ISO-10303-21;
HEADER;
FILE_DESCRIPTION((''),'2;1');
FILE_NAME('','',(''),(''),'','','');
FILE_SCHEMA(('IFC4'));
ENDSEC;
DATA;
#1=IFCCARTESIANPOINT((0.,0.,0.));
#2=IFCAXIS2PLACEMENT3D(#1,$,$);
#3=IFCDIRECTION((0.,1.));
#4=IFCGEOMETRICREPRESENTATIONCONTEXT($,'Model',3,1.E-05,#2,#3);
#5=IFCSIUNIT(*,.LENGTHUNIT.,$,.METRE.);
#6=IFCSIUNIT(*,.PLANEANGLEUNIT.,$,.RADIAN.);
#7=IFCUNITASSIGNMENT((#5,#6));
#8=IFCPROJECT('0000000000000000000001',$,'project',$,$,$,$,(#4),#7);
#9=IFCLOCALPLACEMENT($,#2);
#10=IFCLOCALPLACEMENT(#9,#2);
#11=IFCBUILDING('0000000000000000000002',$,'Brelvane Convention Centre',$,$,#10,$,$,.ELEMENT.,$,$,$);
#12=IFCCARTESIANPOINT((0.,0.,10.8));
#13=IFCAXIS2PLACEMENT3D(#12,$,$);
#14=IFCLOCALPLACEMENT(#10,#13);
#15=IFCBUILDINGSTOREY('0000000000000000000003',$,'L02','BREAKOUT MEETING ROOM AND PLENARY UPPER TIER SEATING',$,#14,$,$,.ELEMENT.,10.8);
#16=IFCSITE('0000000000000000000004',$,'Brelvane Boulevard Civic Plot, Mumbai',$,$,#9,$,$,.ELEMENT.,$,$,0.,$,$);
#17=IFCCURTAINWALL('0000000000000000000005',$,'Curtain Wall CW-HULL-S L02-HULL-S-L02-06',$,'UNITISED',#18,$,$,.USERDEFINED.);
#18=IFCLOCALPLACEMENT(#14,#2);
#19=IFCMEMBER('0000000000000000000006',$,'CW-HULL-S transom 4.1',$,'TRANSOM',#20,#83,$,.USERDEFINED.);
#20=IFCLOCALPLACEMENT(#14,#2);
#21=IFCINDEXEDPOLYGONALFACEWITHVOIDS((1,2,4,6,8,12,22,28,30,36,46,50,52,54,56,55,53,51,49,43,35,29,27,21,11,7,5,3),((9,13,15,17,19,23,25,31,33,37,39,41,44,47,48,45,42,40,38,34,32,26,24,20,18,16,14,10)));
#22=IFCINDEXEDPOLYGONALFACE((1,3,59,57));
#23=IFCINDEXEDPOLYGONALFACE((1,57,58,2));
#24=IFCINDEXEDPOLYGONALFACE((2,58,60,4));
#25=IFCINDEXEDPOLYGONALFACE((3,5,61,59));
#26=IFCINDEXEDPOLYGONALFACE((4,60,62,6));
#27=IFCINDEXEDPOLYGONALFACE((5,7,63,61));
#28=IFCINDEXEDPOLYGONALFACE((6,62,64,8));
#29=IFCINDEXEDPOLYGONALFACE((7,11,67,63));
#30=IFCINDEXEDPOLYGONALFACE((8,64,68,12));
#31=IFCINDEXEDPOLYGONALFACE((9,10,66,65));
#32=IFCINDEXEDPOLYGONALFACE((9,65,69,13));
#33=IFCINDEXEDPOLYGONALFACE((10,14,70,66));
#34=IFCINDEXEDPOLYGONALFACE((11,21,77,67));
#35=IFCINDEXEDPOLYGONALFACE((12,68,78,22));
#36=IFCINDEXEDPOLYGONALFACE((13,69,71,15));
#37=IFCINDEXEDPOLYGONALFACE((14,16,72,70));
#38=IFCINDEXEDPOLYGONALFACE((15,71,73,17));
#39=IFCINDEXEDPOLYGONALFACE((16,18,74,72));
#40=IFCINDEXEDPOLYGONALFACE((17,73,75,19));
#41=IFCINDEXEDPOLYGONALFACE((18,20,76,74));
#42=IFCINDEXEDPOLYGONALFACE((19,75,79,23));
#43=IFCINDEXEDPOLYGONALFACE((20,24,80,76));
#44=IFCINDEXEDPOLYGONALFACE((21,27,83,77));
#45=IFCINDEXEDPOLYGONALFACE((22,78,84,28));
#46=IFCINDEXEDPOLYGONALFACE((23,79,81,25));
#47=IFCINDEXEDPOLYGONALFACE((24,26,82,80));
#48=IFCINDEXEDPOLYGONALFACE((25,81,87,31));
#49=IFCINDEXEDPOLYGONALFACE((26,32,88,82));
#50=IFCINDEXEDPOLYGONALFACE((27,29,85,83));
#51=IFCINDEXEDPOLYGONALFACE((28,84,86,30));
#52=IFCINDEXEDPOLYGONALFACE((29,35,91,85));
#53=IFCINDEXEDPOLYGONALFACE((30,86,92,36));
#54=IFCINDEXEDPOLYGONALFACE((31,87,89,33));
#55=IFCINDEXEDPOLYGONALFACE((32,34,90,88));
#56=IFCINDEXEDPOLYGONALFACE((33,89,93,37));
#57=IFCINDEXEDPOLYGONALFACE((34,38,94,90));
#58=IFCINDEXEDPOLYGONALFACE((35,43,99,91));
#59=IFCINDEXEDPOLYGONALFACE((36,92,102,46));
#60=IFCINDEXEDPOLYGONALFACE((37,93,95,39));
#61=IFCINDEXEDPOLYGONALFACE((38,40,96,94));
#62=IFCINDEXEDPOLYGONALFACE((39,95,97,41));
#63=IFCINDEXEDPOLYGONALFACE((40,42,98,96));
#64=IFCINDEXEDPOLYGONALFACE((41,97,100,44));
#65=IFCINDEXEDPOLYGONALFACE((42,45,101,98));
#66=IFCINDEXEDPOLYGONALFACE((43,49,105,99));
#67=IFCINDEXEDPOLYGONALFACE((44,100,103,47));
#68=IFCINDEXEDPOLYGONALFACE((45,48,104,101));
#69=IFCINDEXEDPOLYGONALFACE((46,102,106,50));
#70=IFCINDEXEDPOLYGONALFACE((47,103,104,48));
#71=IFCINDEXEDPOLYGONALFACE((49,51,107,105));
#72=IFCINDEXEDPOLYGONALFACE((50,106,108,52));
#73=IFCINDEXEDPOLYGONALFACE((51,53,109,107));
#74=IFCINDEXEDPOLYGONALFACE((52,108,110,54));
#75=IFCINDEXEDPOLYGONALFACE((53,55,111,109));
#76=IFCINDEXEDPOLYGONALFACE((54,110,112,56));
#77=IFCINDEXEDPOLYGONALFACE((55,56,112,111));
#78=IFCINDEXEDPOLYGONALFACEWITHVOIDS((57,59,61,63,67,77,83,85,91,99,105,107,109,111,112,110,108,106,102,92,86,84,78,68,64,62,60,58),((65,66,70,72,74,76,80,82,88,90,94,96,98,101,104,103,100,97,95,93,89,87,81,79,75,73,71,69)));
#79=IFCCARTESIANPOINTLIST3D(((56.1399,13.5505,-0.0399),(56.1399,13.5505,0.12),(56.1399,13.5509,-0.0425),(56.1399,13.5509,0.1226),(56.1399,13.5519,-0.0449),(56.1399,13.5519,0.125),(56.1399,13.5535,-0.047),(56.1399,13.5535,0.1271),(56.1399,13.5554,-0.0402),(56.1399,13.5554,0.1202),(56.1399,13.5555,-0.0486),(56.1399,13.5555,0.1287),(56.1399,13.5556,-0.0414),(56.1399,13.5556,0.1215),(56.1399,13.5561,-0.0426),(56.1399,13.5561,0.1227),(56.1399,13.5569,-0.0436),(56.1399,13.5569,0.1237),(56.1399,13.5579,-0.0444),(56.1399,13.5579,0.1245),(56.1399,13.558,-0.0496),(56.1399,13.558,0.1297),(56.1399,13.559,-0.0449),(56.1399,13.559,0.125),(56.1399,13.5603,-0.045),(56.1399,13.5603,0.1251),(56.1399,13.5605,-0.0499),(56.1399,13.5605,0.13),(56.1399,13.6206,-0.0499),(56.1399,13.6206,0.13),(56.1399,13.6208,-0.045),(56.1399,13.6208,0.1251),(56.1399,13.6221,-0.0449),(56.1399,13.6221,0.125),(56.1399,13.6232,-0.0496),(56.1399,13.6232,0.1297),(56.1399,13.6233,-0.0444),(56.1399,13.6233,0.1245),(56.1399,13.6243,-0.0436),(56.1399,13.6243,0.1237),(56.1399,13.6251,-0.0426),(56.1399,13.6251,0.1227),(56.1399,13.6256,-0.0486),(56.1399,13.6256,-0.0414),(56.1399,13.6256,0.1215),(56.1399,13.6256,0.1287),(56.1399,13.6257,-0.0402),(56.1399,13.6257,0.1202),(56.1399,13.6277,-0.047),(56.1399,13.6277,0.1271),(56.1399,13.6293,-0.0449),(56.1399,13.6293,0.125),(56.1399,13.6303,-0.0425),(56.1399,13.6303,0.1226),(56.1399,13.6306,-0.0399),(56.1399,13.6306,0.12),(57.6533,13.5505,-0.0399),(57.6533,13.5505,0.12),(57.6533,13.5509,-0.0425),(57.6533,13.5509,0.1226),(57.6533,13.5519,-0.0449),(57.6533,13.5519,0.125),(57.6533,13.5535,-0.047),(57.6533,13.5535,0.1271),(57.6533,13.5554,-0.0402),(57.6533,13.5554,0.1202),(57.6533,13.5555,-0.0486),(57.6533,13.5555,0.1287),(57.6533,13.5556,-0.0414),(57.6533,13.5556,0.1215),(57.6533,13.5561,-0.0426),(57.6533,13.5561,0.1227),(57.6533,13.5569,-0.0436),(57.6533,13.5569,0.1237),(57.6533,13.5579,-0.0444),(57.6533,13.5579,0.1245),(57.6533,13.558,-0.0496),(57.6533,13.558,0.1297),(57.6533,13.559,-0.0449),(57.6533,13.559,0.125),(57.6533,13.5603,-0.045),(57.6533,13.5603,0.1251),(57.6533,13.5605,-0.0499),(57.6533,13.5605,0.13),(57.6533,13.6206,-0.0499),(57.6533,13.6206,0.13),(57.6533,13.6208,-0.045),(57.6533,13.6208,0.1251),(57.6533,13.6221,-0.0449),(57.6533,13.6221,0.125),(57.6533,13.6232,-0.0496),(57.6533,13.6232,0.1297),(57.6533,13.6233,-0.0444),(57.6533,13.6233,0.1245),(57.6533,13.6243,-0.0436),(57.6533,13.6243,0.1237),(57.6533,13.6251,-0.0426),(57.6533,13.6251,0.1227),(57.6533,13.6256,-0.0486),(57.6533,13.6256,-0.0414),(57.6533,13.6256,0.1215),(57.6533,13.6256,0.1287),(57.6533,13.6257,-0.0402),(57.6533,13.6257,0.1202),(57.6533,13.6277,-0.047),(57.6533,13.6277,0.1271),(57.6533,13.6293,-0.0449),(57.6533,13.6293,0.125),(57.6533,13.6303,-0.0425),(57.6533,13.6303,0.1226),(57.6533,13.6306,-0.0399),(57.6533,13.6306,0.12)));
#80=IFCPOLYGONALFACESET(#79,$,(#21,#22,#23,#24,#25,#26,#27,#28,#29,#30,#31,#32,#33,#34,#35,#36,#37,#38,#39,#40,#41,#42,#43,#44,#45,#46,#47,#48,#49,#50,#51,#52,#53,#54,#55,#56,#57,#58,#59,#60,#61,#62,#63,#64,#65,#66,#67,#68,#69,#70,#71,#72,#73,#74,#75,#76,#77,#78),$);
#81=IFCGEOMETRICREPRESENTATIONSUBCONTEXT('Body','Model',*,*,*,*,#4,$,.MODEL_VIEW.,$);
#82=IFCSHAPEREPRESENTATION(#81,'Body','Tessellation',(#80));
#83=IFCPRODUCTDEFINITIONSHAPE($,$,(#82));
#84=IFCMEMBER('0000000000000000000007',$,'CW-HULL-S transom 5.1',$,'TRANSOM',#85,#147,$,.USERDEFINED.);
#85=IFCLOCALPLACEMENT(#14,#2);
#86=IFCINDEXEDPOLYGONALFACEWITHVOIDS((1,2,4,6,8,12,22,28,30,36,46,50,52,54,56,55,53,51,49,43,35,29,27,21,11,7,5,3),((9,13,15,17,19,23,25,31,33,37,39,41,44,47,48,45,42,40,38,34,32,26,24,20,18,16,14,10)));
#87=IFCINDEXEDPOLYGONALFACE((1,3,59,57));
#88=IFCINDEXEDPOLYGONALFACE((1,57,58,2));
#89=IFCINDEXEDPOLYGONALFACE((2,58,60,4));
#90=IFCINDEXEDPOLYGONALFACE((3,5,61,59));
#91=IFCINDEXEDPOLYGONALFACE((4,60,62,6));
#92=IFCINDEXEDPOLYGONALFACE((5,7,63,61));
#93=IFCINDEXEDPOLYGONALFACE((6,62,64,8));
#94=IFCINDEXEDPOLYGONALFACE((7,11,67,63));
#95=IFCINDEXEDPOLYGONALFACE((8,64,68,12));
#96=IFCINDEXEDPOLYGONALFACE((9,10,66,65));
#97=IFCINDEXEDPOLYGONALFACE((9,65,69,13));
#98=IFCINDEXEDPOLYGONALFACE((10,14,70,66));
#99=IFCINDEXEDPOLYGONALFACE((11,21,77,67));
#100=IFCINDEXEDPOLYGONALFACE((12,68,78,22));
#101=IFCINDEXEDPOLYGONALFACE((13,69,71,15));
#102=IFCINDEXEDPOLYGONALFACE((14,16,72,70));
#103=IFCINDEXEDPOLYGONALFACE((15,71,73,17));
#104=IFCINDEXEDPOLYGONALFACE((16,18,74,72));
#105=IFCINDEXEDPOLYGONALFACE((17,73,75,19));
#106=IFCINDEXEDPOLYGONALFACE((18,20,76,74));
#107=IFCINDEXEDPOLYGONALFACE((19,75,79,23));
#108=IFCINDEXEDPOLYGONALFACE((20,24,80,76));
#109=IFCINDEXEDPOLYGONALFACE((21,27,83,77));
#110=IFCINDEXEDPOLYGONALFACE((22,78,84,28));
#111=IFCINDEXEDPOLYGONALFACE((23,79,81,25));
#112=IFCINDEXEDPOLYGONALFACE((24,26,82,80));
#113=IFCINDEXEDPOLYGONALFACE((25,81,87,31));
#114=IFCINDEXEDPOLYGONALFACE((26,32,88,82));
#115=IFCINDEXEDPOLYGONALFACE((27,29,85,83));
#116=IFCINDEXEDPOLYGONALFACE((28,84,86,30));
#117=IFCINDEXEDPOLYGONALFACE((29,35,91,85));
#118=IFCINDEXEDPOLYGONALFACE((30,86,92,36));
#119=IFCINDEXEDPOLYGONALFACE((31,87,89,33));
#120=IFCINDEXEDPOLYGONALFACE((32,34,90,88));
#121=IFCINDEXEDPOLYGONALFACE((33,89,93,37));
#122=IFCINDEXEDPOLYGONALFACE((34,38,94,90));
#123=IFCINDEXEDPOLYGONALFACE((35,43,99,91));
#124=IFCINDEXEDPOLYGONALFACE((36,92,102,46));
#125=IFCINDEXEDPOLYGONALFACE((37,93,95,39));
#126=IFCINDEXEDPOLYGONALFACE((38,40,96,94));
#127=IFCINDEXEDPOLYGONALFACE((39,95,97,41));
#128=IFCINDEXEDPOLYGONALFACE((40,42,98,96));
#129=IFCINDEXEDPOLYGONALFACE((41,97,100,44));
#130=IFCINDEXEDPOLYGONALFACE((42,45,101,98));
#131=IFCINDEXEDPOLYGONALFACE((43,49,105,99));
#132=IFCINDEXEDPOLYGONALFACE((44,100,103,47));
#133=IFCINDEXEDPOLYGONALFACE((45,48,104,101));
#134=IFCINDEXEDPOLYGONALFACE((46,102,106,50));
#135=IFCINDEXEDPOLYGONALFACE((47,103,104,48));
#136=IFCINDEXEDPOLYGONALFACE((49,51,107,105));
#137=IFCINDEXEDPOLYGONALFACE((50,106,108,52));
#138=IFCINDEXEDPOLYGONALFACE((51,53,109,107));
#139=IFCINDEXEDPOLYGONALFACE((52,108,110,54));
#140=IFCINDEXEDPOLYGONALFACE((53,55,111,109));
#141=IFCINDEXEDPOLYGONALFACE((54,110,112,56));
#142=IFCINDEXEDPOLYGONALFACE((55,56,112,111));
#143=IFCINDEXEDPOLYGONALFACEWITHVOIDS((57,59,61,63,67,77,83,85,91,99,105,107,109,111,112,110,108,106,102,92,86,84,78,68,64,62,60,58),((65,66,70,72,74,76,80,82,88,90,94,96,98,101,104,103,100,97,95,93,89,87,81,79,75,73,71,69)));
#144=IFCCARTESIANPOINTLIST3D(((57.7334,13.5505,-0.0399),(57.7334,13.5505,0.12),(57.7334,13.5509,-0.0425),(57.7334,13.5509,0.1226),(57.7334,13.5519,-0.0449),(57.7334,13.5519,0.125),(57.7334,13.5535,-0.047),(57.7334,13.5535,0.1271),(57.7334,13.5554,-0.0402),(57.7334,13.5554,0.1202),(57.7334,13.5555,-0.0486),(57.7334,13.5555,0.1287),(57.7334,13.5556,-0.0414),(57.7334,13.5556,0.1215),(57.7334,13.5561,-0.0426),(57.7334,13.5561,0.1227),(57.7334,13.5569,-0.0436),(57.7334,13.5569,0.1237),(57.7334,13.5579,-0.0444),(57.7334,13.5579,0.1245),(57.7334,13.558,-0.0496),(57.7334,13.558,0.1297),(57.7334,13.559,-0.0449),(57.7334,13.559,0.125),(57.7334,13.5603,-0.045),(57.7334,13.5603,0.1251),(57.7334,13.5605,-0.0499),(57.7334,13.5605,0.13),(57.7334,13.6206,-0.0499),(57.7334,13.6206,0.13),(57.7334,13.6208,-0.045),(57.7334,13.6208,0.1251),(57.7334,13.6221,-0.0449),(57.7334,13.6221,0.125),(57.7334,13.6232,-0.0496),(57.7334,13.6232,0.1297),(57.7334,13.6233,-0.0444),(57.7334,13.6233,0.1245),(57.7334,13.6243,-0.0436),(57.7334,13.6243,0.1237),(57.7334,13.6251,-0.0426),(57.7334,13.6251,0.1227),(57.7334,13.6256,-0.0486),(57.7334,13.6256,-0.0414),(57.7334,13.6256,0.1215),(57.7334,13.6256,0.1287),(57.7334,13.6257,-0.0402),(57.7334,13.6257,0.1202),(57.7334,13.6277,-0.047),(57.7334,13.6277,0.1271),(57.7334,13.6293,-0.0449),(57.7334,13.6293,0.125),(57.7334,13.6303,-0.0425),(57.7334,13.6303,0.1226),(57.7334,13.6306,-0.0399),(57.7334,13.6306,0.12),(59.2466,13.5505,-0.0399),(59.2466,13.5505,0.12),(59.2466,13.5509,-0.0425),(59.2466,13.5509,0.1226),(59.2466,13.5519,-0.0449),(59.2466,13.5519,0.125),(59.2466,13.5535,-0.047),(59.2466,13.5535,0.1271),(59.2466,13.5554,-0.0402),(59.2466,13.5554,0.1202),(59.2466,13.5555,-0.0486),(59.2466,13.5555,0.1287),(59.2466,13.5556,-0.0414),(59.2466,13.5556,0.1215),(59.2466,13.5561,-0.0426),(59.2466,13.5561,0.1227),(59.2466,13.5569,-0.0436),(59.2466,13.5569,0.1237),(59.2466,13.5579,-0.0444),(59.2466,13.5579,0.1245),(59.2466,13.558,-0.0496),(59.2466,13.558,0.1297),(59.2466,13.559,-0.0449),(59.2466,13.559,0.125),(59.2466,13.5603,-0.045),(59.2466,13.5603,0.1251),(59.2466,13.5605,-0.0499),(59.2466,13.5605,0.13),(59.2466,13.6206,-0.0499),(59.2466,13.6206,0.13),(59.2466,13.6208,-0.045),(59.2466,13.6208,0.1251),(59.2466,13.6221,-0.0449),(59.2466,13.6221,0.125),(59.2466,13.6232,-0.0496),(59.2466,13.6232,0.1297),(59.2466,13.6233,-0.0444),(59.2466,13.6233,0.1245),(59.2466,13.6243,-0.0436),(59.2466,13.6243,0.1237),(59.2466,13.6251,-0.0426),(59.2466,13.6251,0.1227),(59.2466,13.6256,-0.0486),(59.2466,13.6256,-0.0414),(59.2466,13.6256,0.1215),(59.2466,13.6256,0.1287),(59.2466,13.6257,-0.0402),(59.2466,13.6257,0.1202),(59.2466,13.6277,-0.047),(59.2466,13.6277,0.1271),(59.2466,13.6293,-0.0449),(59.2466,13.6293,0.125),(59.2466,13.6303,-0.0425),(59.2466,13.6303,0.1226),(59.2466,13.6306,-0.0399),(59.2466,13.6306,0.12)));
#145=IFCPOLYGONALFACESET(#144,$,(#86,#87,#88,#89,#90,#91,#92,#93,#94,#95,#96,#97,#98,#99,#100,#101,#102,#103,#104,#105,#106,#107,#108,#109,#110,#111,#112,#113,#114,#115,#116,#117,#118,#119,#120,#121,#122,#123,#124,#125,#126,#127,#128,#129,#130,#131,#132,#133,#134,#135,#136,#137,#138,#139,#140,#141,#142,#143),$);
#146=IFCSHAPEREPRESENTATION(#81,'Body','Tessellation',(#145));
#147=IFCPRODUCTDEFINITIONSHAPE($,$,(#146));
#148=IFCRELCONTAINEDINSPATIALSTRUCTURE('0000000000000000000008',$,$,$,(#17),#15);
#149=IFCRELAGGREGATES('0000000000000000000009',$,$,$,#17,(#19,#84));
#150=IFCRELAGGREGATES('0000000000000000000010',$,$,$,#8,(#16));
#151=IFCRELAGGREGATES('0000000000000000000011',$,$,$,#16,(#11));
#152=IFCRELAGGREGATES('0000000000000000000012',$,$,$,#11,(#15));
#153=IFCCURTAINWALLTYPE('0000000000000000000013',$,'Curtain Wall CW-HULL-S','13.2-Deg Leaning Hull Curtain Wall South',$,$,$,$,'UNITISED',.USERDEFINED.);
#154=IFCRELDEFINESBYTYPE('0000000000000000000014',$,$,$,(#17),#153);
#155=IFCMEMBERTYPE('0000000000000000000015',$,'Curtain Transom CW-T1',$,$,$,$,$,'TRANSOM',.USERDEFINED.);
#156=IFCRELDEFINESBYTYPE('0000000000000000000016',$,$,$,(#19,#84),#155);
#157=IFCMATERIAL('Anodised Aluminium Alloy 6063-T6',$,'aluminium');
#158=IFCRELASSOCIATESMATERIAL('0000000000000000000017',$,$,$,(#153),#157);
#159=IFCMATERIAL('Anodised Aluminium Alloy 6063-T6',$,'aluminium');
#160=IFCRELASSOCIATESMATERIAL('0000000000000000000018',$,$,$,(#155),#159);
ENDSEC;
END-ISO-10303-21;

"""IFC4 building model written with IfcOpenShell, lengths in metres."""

from ifc_helpers import new_model, si_unit, direction, frame, origin, origin_2d, place, context, subcontext, project, spatial, hollow_rectangle, extrude, material, material_profile, profile_set, type_object, element, aggregate, save


model = new_model("IFC4")

# Units and contexts
model_context = context("Model", 3, precision=1e-05, world=origin(), true_north=direction((0.0, 1.0)))
body_context = subcontext(model_context, "Body", "Model", "MODEL_VIEW")
ifc_project = project(units=[si_unit("LENGTHUNIT", "METRE"), si_unit("PLANEANGLEUNIT", "RADIAN")], contexts=[model_context])

# Site, building, storey
site_placement = place(None, origin())
site = spatial("IfcSite", under=ifc_project, at=site_placement, Name="Brelvane Boulevard Civic Plot, Mumbai", CompositionType="ELEMENT", RefElevation=0.0)
building_placement = place(site_placement, origin())
building = spatial("IfcBuilding", under=site, at=building_placement, Name="Brelvane Convention Centre", CompositionType="ELEMENT")
storey_placement = place(building_placement, frame((0.0, 0.0, 10.8)))
storey = spatial("IfcBuildingStorey", under=building, at=storey_placement, Name="L02", Description="BREAKOUT MEETING ROOM AND PLENARY UPPER TIER SEATING", CompositionType="ELEMENT", Elevation=10.8)

# Curtain wall, members
ifc_material_1 = material(Name="Anodised Aluminium Alloy 6063-T6", Category="aluminium")
curtain_wall_type = type_object("IfcCurtainWallType", Name="Curtain Wall CW-HULL-S", Description="13.2-Deg Leaning Hull Curtain Wall South", ElementType="UNITISED", PredefinedType="USERDEFINED", material=ifc_material_1)
curtain_wall_placement = place(storey_placement, origin())
curtain_wall = element("IfcCurtainWall", 1, at=curtain_wall_placement, inside=storey, type_object=curtain_wall_type, Name="Curtain Wall CW-HULL-S L02-HULL-S-L02-06", ObjectType="UNITISED", PredefinedType="USERDEFINED")
ifc_material_2 = material(Name="Anodised Aluminium Alloy 6063-T6", Category="aluminium")
ifc_material_profile_1 = material_profile(ifc_material_2, hollow_rectangle(XDim=0.0801, YDim=0.1799, WallThickness=0.0049, InnerFilletRadius=0.0049, OuterFilletRadius=0.01, at=origin_2d()), Name="ALU-T 180x80x5.0")
ifc_profile_set_1 = profile_set([ifc_material_profile_1], Name="Anodised Aluminium Alloy 6063-T6")
member_type_1 = type_object("IfcMemberType", Name="Curtain Transom CW-T1", ElementType="TRANSOM", PredefinedType="USERDEFINED", material=ifc_profile_set_1)
member_1_placement = place(storey_placement, frame((56.1399, 13.5906, 0.04), z_axis=(1.0, 0.0, 0.0), x_axis=(0.0, 1.0, 0.0)))
member_1 = element("IfcMember", 2, at=member_1_placement, type_object=member_type_1, Name="CW-HULL-S transom 4.1", ObjectType="TRANSOM", PredefinedType="USERDEFINED", context=body_context, shape_type="SweptSolid", body=[
    extrude(hollow_rectangle(XDim=0.0801, YDim=0.1799, WallThickness=0.0049, InnerFilletRadius=0.0049, OuterFilletRadius=0.01, at=origin_2d()), origin(), (0.0, 0.0, 1.0), 1.5134),
])
member_2_placement = place(storey_placement, frame((57.7334, 13.5906, 0.04), z_axis=(1.0, 0.0, 0.0), x_axis=(0.0, 1.0, 0.0)))
member_2 = element("IfcMember", 3, at=member_2_placement, type_object=member_type_1, Name="CW-HULL-S transom 5.1", ObjectType="TRANSOM", PredefinedType="USERDEFINED", context=body_context, shape_type="SweptSolid", body=[
    extrude(hollow_rectangle(XDim=0.0801, YDim=0.1799, WallThickness=0.0049, InnerFilletRadius=0.0049, OuterFilletRadius=0.01, at=origin_2d()), origin(), (0.0, 0.0, 1.0), 1.5132),
])

aggregate(curtain_wall, [member_1, member_2])

save(model, "model.ifc")
